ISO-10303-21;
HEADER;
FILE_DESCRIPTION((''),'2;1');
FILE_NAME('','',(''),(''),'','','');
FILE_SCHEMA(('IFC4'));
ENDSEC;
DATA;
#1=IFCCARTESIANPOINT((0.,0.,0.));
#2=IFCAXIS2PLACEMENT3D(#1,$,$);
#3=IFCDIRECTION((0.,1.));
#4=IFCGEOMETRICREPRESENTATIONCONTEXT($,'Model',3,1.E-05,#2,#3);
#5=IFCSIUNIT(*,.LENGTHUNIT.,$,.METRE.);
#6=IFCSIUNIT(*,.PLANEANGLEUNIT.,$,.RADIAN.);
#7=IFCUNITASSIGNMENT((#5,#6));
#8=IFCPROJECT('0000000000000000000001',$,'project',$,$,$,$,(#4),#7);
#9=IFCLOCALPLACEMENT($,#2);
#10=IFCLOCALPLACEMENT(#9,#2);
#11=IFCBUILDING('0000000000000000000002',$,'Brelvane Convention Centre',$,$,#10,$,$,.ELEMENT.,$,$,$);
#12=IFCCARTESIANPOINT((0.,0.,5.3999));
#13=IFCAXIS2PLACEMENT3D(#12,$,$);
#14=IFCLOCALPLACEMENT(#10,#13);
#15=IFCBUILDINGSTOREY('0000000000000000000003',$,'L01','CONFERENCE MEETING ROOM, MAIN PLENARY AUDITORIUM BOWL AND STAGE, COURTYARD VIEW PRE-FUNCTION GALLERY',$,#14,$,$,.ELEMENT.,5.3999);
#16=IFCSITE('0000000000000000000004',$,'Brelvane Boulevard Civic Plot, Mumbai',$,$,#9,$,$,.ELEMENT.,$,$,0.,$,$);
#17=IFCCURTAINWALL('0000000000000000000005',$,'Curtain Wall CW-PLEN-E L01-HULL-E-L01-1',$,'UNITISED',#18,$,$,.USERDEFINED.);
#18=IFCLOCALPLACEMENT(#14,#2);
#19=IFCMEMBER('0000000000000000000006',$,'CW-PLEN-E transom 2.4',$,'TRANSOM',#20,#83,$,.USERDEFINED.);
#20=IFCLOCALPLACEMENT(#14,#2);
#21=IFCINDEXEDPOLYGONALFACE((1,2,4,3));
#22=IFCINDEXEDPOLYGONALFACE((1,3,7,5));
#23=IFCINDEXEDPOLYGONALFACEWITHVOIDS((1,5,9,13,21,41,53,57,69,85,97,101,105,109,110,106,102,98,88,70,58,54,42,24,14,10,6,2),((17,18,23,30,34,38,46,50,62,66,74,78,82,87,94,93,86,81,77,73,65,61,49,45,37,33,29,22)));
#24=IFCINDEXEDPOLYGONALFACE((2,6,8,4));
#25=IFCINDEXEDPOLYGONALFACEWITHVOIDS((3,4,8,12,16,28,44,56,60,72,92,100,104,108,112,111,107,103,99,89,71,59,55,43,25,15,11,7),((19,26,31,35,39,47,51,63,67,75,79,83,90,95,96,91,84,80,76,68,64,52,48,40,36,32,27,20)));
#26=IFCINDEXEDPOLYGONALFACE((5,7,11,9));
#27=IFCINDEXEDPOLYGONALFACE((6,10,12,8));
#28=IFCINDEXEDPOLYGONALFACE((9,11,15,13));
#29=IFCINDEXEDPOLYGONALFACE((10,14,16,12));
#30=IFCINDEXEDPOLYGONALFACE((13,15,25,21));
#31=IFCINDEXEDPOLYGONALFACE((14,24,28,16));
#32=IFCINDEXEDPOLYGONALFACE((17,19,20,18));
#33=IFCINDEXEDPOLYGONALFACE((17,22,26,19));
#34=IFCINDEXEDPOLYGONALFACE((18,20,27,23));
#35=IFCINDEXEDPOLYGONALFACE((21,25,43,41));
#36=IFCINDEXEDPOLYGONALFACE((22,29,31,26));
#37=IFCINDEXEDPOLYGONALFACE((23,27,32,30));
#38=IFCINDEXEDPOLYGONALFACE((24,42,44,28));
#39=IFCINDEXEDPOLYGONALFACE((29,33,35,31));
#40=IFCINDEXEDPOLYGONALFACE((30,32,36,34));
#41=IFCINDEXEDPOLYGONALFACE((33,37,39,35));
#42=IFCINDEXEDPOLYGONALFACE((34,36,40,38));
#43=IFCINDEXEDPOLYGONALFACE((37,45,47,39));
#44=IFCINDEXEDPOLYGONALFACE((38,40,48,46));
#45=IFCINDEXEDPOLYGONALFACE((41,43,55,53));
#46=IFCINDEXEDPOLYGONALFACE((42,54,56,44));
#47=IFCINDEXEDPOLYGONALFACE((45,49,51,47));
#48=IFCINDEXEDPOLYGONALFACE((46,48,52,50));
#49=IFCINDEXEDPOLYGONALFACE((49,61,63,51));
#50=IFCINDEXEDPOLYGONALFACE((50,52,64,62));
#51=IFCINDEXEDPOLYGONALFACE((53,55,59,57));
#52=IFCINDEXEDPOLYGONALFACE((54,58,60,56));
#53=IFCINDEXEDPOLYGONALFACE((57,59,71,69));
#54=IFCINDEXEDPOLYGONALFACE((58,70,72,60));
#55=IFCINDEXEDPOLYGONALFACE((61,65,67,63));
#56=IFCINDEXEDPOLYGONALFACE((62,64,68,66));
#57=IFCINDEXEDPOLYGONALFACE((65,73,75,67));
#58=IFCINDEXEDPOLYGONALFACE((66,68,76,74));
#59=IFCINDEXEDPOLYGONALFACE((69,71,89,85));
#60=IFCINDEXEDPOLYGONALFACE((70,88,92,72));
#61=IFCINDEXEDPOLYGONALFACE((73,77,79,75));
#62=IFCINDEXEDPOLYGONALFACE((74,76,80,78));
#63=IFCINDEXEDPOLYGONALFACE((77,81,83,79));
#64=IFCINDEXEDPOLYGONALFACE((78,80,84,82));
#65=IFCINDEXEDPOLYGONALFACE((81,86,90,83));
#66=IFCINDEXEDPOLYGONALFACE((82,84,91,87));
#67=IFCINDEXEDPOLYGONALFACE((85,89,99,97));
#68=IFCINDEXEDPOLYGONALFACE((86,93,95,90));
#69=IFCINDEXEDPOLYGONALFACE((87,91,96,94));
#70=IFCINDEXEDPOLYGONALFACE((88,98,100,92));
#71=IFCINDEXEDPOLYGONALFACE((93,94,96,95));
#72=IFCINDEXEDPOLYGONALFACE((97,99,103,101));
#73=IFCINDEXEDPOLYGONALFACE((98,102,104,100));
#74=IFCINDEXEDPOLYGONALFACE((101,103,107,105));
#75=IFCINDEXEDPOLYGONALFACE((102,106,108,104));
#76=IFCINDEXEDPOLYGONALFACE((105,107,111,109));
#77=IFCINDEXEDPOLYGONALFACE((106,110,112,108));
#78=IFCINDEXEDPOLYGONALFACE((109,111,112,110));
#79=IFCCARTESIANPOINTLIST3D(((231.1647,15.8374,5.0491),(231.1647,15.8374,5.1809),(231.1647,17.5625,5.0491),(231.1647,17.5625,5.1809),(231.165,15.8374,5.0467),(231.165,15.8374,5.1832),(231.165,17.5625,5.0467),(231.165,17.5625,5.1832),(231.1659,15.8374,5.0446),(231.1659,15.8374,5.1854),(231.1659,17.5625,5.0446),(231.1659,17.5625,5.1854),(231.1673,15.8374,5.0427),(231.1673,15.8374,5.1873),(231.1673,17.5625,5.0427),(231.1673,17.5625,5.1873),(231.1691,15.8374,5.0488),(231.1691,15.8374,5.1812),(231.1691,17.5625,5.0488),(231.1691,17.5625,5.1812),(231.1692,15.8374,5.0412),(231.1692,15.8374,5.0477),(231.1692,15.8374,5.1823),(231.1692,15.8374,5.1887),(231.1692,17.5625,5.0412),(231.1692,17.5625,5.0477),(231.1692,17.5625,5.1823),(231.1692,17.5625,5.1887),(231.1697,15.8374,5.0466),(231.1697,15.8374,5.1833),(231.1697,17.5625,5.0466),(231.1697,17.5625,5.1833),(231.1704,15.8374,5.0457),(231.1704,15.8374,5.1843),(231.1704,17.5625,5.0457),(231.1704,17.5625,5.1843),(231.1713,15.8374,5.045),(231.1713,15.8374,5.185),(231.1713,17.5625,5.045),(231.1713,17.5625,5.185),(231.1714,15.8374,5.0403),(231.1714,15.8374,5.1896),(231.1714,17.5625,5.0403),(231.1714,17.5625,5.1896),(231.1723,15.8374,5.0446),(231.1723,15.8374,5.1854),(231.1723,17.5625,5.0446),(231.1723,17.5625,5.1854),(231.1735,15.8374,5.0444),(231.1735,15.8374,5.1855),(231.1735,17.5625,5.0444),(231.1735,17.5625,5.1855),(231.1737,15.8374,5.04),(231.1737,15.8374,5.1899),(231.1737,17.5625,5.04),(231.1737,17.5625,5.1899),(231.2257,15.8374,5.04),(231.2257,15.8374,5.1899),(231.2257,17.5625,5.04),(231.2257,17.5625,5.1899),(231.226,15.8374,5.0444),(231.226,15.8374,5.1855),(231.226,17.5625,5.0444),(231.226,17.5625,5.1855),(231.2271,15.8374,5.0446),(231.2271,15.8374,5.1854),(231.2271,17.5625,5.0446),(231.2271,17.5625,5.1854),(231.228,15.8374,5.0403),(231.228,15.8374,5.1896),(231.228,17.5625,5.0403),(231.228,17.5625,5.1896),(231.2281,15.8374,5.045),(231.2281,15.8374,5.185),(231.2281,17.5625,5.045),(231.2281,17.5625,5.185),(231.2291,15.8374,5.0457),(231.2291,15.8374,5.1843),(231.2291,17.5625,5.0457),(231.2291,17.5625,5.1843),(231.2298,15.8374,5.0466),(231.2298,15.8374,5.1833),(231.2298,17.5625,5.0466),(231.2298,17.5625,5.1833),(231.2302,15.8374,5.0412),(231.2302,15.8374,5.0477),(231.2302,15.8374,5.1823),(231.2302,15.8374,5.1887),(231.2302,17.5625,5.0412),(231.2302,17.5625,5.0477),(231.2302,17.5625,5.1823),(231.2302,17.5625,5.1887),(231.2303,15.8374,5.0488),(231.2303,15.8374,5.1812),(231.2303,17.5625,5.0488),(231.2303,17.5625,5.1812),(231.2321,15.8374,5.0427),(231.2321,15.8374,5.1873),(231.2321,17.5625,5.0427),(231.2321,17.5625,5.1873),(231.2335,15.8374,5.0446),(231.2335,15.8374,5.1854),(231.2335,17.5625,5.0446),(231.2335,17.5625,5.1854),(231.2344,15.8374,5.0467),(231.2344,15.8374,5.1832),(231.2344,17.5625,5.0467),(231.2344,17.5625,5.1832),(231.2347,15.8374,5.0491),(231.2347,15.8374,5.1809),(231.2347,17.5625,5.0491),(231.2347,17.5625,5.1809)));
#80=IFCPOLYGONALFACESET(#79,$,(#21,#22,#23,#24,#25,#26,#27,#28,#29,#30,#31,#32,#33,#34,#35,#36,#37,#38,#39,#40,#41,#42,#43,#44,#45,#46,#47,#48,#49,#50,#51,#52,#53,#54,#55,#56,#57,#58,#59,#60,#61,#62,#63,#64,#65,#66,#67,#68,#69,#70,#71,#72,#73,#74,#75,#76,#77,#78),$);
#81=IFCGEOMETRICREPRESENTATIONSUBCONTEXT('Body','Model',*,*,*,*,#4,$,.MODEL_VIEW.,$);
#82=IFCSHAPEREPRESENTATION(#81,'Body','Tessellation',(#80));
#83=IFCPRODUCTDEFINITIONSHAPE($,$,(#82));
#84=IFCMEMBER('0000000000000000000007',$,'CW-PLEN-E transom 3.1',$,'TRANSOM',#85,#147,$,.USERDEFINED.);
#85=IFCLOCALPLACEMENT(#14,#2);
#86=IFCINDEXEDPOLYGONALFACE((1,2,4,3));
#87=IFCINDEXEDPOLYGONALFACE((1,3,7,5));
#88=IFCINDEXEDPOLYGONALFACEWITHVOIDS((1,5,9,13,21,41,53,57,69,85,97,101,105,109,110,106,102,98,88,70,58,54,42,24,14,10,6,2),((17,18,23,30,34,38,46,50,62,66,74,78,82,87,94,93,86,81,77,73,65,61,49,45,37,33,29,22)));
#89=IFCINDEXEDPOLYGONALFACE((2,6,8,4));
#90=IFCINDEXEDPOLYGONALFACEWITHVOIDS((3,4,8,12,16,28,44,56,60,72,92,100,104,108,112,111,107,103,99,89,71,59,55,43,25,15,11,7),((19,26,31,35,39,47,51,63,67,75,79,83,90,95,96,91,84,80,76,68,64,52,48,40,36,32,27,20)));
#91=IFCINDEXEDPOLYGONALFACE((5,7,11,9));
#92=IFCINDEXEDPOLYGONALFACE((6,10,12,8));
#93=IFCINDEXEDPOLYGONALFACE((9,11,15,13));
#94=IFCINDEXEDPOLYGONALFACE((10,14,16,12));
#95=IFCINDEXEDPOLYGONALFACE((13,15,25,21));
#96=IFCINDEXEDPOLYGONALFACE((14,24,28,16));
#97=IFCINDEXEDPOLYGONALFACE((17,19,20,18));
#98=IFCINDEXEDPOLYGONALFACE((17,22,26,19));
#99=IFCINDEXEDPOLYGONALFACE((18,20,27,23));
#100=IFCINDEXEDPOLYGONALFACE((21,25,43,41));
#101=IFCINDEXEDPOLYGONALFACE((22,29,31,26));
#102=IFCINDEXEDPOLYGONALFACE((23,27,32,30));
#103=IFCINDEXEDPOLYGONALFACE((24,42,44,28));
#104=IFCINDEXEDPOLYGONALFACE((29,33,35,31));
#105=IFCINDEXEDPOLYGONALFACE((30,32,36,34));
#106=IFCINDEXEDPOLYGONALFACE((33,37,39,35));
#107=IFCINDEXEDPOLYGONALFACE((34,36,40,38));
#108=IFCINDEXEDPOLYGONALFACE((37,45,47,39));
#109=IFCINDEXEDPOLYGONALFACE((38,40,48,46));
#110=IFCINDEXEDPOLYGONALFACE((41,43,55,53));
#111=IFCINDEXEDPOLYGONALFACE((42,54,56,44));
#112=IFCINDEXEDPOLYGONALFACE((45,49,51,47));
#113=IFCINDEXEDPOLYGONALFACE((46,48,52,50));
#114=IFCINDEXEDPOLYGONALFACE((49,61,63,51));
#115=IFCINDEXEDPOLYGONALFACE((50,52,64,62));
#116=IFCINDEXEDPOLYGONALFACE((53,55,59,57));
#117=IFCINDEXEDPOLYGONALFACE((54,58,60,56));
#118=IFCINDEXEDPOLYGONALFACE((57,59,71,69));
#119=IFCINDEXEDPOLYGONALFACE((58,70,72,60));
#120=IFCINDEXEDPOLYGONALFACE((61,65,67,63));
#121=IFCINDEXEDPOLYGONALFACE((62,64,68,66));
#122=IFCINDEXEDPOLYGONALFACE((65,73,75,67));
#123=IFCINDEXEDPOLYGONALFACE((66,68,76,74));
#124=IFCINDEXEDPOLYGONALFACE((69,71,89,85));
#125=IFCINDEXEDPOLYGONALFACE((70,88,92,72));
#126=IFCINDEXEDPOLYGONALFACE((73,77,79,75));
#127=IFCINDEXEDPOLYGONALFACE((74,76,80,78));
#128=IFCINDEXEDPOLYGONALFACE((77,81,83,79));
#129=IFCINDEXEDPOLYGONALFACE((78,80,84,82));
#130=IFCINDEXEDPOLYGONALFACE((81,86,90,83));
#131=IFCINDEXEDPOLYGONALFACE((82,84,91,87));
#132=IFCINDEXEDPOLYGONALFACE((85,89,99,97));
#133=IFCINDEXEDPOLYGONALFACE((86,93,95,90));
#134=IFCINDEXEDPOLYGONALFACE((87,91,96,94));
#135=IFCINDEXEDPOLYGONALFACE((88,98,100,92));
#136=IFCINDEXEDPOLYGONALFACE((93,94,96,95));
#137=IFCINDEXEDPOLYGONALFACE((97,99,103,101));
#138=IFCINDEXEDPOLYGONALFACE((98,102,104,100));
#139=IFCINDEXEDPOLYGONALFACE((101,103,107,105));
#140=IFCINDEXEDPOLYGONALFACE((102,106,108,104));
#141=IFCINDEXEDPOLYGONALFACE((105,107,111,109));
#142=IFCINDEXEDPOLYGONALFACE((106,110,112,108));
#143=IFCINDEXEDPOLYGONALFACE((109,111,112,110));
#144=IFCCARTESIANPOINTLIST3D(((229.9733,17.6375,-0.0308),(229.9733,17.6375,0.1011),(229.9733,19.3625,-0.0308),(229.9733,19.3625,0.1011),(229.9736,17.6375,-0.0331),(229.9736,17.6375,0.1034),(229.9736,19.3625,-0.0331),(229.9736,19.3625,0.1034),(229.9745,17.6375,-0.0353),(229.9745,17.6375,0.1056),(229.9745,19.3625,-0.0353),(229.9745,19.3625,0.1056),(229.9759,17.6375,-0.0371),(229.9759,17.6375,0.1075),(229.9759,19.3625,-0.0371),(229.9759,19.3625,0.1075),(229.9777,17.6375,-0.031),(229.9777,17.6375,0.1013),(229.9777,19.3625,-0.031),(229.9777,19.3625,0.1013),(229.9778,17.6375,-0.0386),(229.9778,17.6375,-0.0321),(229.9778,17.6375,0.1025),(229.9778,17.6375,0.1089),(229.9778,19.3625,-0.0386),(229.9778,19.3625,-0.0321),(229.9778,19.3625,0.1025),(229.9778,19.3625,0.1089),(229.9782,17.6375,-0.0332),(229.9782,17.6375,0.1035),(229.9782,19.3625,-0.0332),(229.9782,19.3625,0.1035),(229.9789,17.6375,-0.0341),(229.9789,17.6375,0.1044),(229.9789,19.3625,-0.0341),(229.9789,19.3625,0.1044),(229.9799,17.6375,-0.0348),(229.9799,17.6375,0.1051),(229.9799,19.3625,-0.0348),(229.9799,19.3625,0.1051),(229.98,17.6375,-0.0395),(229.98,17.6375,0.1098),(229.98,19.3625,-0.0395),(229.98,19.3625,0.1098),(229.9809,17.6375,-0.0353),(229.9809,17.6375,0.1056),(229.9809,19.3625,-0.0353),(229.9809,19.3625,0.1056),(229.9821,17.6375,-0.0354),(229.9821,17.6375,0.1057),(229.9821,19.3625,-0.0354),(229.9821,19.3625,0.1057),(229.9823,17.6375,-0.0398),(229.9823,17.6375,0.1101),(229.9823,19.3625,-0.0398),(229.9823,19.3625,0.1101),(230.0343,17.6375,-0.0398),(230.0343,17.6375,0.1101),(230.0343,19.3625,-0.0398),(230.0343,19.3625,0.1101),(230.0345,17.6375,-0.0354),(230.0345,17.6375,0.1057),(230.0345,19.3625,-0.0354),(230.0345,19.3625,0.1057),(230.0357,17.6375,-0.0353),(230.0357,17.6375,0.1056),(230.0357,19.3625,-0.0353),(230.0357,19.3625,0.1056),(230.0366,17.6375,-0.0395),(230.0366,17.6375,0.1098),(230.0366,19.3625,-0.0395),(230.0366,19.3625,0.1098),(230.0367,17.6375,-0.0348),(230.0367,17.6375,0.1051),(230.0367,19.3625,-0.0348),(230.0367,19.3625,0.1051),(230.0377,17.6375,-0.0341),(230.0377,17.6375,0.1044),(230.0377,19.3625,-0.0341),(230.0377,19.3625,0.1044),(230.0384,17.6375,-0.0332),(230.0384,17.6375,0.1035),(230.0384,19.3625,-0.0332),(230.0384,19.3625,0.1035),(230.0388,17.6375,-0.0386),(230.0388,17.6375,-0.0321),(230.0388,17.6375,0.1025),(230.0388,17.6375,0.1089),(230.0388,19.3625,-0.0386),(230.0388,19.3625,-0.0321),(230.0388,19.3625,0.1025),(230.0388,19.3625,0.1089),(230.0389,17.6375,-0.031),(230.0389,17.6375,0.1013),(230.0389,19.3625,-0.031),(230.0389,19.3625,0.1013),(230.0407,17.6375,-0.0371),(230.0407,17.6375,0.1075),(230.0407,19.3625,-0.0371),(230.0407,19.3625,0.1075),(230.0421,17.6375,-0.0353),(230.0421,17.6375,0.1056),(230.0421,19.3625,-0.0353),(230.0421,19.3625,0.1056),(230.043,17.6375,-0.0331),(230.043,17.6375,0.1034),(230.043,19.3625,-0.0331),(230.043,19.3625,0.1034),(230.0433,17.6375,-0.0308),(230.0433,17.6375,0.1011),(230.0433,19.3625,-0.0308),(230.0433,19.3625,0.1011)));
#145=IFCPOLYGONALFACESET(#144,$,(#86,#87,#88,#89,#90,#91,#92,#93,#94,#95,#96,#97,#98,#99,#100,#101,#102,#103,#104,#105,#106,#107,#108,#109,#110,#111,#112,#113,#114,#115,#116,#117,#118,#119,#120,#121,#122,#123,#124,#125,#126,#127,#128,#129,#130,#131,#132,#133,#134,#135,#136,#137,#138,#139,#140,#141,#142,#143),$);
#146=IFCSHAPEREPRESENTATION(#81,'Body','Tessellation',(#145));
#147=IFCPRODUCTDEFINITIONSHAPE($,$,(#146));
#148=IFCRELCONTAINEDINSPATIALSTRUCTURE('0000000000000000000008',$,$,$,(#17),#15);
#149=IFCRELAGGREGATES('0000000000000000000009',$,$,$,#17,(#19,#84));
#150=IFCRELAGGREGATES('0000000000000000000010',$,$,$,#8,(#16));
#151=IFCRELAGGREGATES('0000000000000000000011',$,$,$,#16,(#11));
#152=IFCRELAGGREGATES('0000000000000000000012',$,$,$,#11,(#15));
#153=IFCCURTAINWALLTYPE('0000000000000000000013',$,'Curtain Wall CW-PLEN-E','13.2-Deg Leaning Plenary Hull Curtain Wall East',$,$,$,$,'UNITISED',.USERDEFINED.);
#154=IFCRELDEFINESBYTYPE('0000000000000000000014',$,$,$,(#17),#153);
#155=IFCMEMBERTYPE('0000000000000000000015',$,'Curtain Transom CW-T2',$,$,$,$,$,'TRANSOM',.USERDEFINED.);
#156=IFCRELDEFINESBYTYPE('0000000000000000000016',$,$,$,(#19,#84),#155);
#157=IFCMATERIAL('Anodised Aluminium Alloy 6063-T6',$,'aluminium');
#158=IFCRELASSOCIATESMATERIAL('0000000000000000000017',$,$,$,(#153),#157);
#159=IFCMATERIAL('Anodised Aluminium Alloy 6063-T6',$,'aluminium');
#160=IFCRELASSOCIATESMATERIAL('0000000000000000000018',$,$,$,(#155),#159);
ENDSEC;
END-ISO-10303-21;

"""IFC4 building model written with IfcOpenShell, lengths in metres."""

from ifc_helpers import new_model, si_unit, direction, frame, origin, origin_2d, place, context, subcontext, project, spatial, hollow_rectangle, extrude, material, material_profile, profile_set, type_object, element, aggregate, save


model = new_model("IFC4")

# Units and contexts
model_context = context("Model", 3, precision=1e-05, world=origin(), true_north=direction((0.0, 1.0)))
body_context = subcontext(model_context, "Body", "Model", "MODEL_VIEW")
ifc_project = project(units=[si_unit("LENGTHUNIT", "METRE"), si_unit("PLANEANGLEUNIT", "RADIAN")], contexts=[model_context])

# Site, building, storey
site_placement = place(None, origin())
site = spatial("IfcSite", under=ifc_project, at=site_placement, Name="Brelvane Boulevard Civic Plot, Mumbai", CompositionType="ELEMENT", RefElevation=0.0)
building_placement = place(site_placement, origin())
building = spatial("IfcBuilding", under=site, at=building_placement, Name="Brelvane Convention Centre", CompositionType="ELEMENT")
storey_placement = place(building_placement, frame((0.0, 0.0, 5.3999)))
storey = spatial("IfcBuildingStorey", under=building, at=storey_placement, Name="L01", Description="CONFERENCE MEETING ROOM, MAIN PLENARY AUDITORIUM BOWL AND STAGE, COURTYARD VIEW PRE-FUNCTION GALLERY", CompositionType="ELEMENT", Elevation=5.3999)

# Curtain wall, members
ifc_material_1 = material(Name="Anodised Aluminium Alloy 6063-T6", Category="aluminium")
curtain_wall_type = type_object("IfcCurtainWallType", Name="Curtain Wall CW-PLEN-E", Description="13.2-Deg Leaning Plenary Hull Curtain Wall East", ElementType="UNITISED", PredefinedType="USERDEFINED", material=ifc_material_1)
curtain_wall_placement = place(storey_placement, origin())
curtain_wall = element("IfcCurtainWall", 1, at=curtain_wall_placement, inside=storey, type_object=curtain_wall_type, Name="Curtain Wall CW-PLEN-E L01-HULL-E-L01-1", ObjectType="UNITISED", PredefinedType="USERDEFINED")
ifc_material_2 = material(Name="Anodised Aluminium Alloy 6063-T6", Category="aluminium")
ifc_material_profile_1 = material_profile(ifc_material_2, hollow_rectangle(XDim=0.0701, YDim=0.1499, WallThickness=0.0044, InnerFilletRadius=0.0044, OuterFilletRadius=0.009, at=origin_2d()), Name="ALU-T 150x70x4.5")
ifc_profile_set_1 = profile_set([ifc_material_profile_1], Name="Anodised Aluminium Alloy 6063-T6")
member_type_1 = type_object("IfcMemberType", Name="Curtain Transom CW-T2", ElementType="TRANSOM", PredefinedType="USERDEFINED", material=ifc_profile_set_1)
member_1_placement = place(storey_placement, frame((231.1997, 15.8374, 5.115), z_axis=(0.0, 1.0, 0.0), x_axis=(-1.0, 0.0, 0.0)))
member_1 = element("IfcMember", 2, at=member_1_placement, type_object=member_type_1, Name="CW-PLEN-E transom 2.4", ObjectType="TRANSOM", PredefinedType="USERDEFINED", context=body_context, shape_type="SweptSolid", body=[
    extrude(hollow_rectangle(XDim=0.0701, YDim=0.1499, WallThickness=0.0044, InnerFilletRadius=0.0044, OuterFilletRadius=0.009, at=origin_2d()), origin(), (0.0, 0.0, 1.0), 1.7251),
])
member_2_placement = place(storey_placement, frame((230.0083, 17.6375, 0.0352), z_axis=(0.0, 1.0, 0.0), x_axis=(-1.0, 0.0, 0.0)))
member_2 = element("IfcMember", 3, at=member_2_placement, type_object=member_type_1, Name="CW-PLEN-E transom 3.1", ObjectType="TRANSOM", PredefinedType="USERDEFINED", context=body_context, shape_type="SweptSolid", body=[
    extrude(hollow_rectangle(XDim=0.0701, YDim=0.1499, WallThickness=0.0044, InnerFilletRadius=0.0044, OuterFilletRadius=0.009, at=origin_2d()), origin(), (0.0, 0.0, 1.0), 1.7251),
])

aggregate(curtain_wall, [member_1, member_2])

save(model, "model.ifc")
